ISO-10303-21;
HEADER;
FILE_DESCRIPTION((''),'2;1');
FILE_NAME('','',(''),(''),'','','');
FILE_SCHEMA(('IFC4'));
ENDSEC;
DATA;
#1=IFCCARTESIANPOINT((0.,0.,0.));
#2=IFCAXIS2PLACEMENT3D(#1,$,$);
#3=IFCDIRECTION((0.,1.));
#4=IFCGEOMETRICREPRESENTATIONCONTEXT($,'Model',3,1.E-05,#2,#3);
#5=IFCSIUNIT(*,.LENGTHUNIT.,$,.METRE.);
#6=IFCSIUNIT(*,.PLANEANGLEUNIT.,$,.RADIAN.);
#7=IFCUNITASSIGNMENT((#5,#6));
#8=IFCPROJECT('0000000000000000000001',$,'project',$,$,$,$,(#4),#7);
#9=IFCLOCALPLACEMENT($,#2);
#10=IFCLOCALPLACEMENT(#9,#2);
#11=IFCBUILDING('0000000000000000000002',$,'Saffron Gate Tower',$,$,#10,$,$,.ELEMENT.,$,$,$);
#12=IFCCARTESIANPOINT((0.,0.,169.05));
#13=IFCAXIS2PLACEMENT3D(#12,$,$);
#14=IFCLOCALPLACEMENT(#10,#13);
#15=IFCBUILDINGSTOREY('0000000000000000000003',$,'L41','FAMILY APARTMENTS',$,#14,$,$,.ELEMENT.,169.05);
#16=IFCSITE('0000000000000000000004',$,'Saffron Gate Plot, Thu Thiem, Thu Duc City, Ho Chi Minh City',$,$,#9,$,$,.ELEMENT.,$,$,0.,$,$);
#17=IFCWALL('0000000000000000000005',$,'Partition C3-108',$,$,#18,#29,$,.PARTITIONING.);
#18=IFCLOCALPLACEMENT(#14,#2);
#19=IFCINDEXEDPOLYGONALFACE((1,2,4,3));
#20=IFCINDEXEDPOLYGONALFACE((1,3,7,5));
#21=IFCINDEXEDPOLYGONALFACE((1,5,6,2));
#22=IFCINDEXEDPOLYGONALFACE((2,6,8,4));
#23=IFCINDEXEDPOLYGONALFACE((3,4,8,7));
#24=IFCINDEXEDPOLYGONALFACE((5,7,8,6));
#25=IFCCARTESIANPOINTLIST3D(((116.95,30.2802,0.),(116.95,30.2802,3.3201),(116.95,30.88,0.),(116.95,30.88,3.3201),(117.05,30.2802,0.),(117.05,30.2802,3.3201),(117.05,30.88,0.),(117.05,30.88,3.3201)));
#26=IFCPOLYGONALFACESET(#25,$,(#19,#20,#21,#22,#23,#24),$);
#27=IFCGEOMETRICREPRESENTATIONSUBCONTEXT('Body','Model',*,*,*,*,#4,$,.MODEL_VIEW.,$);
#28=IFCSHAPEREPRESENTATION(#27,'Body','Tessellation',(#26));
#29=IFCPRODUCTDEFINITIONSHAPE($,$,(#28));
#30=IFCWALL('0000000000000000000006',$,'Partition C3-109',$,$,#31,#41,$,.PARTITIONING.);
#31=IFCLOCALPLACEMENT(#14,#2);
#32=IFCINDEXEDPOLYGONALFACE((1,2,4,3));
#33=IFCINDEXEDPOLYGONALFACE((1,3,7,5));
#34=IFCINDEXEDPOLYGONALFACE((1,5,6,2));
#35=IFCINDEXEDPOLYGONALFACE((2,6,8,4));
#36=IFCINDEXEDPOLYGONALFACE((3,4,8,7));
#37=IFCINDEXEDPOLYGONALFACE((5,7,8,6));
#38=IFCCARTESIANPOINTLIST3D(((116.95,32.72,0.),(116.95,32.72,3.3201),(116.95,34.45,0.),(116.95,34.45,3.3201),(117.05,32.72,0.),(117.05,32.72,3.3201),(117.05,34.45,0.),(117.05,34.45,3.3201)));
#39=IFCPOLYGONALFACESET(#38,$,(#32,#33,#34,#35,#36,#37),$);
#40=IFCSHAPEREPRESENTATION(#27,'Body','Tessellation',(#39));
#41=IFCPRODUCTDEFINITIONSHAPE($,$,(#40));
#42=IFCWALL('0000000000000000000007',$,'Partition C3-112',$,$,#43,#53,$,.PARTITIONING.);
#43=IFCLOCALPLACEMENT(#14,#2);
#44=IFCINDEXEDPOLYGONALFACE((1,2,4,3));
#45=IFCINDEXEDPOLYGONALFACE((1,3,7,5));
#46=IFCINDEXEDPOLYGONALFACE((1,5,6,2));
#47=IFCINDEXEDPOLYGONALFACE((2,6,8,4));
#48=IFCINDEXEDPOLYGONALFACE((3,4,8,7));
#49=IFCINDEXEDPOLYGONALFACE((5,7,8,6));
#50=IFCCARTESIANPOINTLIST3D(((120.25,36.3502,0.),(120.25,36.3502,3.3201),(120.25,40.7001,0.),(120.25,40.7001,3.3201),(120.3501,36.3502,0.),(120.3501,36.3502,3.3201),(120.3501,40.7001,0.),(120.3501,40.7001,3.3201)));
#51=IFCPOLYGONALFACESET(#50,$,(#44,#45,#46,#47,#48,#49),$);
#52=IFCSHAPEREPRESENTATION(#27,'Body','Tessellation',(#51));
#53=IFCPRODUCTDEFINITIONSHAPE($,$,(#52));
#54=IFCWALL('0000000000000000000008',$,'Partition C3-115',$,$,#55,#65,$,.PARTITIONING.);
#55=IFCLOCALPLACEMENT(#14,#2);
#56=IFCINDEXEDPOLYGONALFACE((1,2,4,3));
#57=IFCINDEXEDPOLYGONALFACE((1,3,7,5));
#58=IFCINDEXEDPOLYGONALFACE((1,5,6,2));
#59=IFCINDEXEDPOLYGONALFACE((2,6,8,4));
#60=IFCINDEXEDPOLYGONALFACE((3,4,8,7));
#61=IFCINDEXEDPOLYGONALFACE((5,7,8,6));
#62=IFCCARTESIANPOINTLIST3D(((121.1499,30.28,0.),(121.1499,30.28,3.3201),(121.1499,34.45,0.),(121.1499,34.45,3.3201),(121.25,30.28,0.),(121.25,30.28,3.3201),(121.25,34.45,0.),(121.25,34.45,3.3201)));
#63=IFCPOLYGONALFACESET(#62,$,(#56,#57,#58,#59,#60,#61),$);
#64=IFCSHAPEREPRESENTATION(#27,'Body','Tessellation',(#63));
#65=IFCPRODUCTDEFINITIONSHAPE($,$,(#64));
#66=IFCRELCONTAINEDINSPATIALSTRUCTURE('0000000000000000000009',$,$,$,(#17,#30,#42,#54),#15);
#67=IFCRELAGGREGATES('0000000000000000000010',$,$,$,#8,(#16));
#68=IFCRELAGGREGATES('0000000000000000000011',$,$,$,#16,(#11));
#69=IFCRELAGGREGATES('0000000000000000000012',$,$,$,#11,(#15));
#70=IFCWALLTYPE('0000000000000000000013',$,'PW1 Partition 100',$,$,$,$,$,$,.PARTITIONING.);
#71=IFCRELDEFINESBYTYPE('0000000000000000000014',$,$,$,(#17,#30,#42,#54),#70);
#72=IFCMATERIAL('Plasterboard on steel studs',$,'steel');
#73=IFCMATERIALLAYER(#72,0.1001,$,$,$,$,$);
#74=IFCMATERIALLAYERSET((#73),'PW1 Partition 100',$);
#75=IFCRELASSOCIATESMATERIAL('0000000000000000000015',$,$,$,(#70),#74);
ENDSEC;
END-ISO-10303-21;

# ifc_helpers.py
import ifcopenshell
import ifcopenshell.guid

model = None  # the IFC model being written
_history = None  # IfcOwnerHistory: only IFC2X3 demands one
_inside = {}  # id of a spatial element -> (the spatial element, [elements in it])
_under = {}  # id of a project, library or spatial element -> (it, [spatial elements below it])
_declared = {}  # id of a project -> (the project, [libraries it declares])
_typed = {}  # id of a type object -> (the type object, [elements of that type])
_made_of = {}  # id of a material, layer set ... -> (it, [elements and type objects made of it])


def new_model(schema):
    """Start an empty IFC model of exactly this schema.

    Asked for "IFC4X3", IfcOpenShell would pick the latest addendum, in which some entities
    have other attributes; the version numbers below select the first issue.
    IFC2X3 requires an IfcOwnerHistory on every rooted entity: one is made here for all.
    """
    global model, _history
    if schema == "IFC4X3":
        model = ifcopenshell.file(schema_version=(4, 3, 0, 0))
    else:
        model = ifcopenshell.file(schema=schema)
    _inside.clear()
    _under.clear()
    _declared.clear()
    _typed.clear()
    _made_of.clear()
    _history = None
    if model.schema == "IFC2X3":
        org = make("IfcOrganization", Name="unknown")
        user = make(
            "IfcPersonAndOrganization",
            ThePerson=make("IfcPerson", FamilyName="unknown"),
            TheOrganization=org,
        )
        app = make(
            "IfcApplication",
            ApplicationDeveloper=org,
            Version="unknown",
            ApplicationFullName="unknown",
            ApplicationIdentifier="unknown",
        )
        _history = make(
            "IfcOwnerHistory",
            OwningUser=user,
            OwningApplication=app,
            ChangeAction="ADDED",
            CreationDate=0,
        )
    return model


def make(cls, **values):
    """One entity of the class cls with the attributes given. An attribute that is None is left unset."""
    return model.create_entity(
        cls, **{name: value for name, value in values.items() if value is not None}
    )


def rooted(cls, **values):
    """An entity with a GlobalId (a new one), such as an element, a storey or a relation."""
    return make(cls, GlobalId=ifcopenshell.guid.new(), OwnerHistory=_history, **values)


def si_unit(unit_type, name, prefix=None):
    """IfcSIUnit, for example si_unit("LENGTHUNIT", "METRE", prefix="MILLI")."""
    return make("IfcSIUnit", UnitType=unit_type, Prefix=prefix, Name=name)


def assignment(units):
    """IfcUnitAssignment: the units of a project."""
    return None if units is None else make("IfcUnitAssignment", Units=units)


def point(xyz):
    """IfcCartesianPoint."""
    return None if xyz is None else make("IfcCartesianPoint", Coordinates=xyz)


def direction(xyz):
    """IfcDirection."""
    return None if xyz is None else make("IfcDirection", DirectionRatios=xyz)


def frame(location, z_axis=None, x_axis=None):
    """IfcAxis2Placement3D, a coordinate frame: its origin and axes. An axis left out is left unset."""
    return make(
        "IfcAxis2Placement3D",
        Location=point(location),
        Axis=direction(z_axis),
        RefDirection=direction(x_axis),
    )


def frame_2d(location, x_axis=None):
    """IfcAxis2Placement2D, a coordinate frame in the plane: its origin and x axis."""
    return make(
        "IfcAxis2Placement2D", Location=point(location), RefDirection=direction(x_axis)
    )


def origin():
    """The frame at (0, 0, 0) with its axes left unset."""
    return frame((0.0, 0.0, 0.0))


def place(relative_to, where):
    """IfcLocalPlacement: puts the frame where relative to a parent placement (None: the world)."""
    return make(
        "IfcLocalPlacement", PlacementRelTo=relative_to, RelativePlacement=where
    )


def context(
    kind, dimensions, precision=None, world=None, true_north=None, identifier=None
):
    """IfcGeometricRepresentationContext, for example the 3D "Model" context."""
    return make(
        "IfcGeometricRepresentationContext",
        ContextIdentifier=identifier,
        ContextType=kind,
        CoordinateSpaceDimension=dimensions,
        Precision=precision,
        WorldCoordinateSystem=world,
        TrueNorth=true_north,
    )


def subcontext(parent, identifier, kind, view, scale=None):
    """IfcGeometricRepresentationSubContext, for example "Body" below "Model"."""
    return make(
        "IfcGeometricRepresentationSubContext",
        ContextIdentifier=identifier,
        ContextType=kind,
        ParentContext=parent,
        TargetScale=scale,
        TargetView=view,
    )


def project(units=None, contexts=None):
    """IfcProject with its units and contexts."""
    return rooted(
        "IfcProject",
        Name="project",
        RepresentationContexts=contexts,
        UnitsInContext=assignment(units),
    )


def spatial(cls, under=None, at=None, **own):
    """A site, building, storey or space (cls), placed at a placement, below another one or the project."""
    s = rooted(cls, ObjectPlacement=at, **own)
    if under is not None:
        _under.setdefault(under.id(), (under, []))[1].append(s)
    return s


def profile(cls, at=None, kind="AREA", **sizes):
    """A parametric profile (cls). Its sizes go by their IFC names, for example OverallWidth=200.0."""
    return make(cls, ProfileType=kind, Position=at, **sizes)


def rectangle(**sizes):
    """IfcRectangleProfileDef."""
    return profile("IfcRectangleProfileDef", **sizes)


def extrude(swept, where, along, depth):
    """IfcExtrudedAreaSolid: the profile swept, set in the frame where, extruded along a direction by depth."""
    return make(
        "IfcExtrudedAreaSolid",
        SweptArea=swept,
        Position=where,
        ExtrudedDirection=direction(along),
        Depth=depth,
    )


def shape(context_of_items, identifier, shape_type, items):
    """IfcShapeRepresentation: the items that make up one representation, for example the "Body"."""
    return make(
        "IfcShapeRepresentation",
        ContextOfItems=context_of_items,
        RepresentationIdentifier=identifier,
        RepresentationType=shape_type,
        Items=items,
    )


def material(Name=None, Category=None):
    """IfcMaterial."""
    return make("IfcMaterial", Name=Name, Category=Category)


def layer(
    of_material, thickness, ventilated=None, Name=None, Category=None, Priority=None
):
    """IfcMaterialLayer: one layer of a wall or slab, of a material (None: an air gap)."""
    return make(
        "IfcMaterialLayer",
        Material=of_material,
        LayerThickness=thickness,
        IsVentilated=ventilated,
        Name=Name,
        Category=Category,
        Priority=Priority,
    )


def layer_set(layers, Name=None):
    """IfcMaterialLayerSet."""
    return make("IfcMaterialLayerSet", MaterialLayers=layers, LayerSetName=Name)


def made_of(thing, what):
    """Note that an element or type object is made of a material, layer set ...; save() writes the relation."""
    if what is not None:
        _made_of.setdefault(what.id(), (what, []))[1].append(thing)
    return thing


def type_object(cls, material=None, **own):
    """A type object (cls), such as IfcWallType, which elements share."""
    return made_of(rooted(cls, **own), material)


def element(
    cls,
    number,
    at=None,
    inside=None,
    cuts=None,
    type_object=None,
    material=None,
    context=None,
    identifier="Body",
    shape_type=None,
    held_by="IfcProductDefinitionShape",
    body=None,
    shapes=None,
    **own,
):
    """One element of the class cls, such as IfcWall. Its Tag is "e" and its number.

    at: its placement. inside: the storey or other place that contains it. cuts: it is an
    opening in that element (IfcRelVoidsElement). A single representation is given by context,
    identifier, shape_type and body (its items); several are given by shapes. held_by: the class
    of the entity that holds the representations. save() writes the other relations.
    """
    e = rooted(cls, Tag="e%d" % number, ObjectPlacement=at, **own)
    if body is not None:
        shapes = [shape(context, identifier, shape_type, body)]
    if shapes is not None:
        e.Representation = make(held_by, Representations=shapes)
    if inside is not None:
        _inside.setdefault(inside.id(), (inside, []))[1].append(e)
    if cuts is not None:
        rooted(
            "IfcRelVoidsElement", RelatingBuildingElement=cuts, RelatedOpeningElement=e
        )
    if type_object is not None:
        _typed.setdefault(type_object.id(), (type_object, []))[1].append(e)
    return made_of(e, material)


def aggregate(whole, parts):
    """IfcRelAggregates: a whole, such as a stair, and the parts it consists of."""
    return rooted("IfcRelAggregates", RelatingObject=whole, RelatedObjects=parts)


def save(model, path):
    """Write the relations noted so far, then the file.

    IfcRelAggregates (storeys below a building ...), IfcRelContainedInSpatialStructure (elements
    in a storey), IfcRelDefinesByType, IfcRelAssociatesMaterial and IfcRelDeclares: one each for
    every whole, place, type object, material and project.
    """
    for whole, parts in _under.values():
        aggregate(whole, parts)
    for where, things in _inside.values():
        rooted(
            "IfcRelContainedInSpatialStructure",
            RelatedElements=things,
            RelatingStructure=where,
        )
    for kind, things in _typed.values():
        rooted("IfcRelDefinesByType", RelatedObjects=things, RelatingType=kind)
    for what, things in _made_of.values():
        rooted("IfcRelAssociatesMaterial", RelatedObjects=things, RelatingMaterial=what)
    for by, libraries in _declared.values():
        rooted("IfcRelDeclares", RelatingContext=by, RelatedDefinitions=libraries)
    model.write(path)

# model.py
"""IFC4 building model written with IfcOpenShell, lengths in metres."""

from ifc_helpers import new_model, si_unit, direction, frame, frame_2d, origin, place, context, subcontext, project, spatial, rectangle, extrude, material, layer, layer_set, type_object, element, save


model = new_model("IFC4")

# Units and contexts
model_context = context("Model", 3, precision=1e-05, world=origin(), true_north=direction((0.0, 1.0)))
body_context = subcontext(model_context, "Body", "Model", "MODEL_VIEW")
ifc_project = project(units=[si_unit("LENGTHUNIT", "METRE"), si_unit("PLANEANGLEUNIT", "RADIAN")], contexts=[model_context])

# Site, building, storey
site_placement = place(None, origin())
site = spatial("IfcSite", under=ifc_project, at=site_placement, Name="Saffron Gate Plot, Thu Thiem, Thu Duc City, Ho Chi Minh City", CompositionType="ELEMENT", RefElevation=0.0)
building_placement = place(site_placement, origin())
building = spatial("IfcBuilding", under=site, at=building_placement, Name="Saffron Gate Tower", CompositionType="ELEMENT")
storey_placement = place(building_placement, frame((0.0, 0.0, 169.05)))
storey = spatial("IfcBuildingStorey", under=building, at=storey_placement, Name="L41", Description="FAMILY APARTMENTS", CompositionType="ELEMENT", Elevation=169.05)

# Shared definitions
ifc_material_1 = material(Name="Plasterboard on steel studs", Category="steel")
ifc_layer_1 = layer(ifc_material_1, 0.1001)
ifc_layer_set_1 = layer_set([ifc_layer_1], Name="PW1 Partition 100")
wall_type = type_object("IfcWallType", Name="PW1 Partition 100", PredefinedType="PARTITIONING", material=ifc_layer_set_1)

# Walls
wall_1_placement = place(storey_placement, frame((117.0, 30.8799, 0.0), z_axis=(0.0, 0.0, 1.0), x_axis=(0.0, -1.0, 0.0)))
element("IfcWall", 1, at=wall_1_placement, inside=storey, type_object=wall_type, Name="Partition C3-108", PredefinedType="PARTITIONING", context=body_context, shape_type="SweptSolid", body=[
    extrude(rectangle(XDim=0.5999, YDim=0.1001, at=frame_2d((0.2998, 0.0))), origin(), (0.0, 0.0, 1.0), 3.3201),
])
wall_2_placement = place(storey_placement, frame((117.0, 34.45, 0.0), z_axis=(0.0, 0.0, 1.0), x_axis=(0.0, -1.0, 0.0)))
element("IfcWall", 2, at=wall_2_placement, inside=storey, type_object=wall_type, Name="Partition C3-109", PredefinedType="PARTITIONING", context=body_context, shape_type="SweptSolid", body=[
    extrude(rectangle(XDim=1.73, YDim=0.1001, at=frame_2d((0.865, 0.0))), origin(), (0.0, 0.0, 1.0), 3.3201),
])
wall_3_placement = place(storey_placement, frame((120.3, 40.7, 0.0), z_axis=(0.0, 0.0, 1.0), x_axis=(0.0, -1.0, 0.0)))
element("IfcWall", 3, at=wall_3_placement, inside=storey, type_object=wall_type, Name="Partition C3-112", PredefinedType="PARTITIONING", context=body_context, shape_type="SweptSolid", body=[
    extrude(rectangle(XDim=4.3499, YDim=0.1001, at=frame_2d((2.1748, 0.0))), origin(), (0.0, 0.0, 1.0), 3.3201),
])
wall_4_placement = place(storey_placement, frame((121.2, 34.45, 0.0), z_axis=(0.0, 0.0, 1.0), x_axis=(0.0, -1.0, 0.0)))
element("IfcWall", 4, at=wall_4_placement, inside=storey, type_object=wall_type, Name="Partition C3-115", PredefinedType="PARTITIONING", context=body_context, shape_type="SweptSolid", body=[
    extrude(rectangle(XDim=4.1699, YDim=0.1001, at=frame_2d((2.085, 0.0))), origin(), (0.0, 0.0, 1.0), 3.3201),
])

save(model, "model.ifc")
